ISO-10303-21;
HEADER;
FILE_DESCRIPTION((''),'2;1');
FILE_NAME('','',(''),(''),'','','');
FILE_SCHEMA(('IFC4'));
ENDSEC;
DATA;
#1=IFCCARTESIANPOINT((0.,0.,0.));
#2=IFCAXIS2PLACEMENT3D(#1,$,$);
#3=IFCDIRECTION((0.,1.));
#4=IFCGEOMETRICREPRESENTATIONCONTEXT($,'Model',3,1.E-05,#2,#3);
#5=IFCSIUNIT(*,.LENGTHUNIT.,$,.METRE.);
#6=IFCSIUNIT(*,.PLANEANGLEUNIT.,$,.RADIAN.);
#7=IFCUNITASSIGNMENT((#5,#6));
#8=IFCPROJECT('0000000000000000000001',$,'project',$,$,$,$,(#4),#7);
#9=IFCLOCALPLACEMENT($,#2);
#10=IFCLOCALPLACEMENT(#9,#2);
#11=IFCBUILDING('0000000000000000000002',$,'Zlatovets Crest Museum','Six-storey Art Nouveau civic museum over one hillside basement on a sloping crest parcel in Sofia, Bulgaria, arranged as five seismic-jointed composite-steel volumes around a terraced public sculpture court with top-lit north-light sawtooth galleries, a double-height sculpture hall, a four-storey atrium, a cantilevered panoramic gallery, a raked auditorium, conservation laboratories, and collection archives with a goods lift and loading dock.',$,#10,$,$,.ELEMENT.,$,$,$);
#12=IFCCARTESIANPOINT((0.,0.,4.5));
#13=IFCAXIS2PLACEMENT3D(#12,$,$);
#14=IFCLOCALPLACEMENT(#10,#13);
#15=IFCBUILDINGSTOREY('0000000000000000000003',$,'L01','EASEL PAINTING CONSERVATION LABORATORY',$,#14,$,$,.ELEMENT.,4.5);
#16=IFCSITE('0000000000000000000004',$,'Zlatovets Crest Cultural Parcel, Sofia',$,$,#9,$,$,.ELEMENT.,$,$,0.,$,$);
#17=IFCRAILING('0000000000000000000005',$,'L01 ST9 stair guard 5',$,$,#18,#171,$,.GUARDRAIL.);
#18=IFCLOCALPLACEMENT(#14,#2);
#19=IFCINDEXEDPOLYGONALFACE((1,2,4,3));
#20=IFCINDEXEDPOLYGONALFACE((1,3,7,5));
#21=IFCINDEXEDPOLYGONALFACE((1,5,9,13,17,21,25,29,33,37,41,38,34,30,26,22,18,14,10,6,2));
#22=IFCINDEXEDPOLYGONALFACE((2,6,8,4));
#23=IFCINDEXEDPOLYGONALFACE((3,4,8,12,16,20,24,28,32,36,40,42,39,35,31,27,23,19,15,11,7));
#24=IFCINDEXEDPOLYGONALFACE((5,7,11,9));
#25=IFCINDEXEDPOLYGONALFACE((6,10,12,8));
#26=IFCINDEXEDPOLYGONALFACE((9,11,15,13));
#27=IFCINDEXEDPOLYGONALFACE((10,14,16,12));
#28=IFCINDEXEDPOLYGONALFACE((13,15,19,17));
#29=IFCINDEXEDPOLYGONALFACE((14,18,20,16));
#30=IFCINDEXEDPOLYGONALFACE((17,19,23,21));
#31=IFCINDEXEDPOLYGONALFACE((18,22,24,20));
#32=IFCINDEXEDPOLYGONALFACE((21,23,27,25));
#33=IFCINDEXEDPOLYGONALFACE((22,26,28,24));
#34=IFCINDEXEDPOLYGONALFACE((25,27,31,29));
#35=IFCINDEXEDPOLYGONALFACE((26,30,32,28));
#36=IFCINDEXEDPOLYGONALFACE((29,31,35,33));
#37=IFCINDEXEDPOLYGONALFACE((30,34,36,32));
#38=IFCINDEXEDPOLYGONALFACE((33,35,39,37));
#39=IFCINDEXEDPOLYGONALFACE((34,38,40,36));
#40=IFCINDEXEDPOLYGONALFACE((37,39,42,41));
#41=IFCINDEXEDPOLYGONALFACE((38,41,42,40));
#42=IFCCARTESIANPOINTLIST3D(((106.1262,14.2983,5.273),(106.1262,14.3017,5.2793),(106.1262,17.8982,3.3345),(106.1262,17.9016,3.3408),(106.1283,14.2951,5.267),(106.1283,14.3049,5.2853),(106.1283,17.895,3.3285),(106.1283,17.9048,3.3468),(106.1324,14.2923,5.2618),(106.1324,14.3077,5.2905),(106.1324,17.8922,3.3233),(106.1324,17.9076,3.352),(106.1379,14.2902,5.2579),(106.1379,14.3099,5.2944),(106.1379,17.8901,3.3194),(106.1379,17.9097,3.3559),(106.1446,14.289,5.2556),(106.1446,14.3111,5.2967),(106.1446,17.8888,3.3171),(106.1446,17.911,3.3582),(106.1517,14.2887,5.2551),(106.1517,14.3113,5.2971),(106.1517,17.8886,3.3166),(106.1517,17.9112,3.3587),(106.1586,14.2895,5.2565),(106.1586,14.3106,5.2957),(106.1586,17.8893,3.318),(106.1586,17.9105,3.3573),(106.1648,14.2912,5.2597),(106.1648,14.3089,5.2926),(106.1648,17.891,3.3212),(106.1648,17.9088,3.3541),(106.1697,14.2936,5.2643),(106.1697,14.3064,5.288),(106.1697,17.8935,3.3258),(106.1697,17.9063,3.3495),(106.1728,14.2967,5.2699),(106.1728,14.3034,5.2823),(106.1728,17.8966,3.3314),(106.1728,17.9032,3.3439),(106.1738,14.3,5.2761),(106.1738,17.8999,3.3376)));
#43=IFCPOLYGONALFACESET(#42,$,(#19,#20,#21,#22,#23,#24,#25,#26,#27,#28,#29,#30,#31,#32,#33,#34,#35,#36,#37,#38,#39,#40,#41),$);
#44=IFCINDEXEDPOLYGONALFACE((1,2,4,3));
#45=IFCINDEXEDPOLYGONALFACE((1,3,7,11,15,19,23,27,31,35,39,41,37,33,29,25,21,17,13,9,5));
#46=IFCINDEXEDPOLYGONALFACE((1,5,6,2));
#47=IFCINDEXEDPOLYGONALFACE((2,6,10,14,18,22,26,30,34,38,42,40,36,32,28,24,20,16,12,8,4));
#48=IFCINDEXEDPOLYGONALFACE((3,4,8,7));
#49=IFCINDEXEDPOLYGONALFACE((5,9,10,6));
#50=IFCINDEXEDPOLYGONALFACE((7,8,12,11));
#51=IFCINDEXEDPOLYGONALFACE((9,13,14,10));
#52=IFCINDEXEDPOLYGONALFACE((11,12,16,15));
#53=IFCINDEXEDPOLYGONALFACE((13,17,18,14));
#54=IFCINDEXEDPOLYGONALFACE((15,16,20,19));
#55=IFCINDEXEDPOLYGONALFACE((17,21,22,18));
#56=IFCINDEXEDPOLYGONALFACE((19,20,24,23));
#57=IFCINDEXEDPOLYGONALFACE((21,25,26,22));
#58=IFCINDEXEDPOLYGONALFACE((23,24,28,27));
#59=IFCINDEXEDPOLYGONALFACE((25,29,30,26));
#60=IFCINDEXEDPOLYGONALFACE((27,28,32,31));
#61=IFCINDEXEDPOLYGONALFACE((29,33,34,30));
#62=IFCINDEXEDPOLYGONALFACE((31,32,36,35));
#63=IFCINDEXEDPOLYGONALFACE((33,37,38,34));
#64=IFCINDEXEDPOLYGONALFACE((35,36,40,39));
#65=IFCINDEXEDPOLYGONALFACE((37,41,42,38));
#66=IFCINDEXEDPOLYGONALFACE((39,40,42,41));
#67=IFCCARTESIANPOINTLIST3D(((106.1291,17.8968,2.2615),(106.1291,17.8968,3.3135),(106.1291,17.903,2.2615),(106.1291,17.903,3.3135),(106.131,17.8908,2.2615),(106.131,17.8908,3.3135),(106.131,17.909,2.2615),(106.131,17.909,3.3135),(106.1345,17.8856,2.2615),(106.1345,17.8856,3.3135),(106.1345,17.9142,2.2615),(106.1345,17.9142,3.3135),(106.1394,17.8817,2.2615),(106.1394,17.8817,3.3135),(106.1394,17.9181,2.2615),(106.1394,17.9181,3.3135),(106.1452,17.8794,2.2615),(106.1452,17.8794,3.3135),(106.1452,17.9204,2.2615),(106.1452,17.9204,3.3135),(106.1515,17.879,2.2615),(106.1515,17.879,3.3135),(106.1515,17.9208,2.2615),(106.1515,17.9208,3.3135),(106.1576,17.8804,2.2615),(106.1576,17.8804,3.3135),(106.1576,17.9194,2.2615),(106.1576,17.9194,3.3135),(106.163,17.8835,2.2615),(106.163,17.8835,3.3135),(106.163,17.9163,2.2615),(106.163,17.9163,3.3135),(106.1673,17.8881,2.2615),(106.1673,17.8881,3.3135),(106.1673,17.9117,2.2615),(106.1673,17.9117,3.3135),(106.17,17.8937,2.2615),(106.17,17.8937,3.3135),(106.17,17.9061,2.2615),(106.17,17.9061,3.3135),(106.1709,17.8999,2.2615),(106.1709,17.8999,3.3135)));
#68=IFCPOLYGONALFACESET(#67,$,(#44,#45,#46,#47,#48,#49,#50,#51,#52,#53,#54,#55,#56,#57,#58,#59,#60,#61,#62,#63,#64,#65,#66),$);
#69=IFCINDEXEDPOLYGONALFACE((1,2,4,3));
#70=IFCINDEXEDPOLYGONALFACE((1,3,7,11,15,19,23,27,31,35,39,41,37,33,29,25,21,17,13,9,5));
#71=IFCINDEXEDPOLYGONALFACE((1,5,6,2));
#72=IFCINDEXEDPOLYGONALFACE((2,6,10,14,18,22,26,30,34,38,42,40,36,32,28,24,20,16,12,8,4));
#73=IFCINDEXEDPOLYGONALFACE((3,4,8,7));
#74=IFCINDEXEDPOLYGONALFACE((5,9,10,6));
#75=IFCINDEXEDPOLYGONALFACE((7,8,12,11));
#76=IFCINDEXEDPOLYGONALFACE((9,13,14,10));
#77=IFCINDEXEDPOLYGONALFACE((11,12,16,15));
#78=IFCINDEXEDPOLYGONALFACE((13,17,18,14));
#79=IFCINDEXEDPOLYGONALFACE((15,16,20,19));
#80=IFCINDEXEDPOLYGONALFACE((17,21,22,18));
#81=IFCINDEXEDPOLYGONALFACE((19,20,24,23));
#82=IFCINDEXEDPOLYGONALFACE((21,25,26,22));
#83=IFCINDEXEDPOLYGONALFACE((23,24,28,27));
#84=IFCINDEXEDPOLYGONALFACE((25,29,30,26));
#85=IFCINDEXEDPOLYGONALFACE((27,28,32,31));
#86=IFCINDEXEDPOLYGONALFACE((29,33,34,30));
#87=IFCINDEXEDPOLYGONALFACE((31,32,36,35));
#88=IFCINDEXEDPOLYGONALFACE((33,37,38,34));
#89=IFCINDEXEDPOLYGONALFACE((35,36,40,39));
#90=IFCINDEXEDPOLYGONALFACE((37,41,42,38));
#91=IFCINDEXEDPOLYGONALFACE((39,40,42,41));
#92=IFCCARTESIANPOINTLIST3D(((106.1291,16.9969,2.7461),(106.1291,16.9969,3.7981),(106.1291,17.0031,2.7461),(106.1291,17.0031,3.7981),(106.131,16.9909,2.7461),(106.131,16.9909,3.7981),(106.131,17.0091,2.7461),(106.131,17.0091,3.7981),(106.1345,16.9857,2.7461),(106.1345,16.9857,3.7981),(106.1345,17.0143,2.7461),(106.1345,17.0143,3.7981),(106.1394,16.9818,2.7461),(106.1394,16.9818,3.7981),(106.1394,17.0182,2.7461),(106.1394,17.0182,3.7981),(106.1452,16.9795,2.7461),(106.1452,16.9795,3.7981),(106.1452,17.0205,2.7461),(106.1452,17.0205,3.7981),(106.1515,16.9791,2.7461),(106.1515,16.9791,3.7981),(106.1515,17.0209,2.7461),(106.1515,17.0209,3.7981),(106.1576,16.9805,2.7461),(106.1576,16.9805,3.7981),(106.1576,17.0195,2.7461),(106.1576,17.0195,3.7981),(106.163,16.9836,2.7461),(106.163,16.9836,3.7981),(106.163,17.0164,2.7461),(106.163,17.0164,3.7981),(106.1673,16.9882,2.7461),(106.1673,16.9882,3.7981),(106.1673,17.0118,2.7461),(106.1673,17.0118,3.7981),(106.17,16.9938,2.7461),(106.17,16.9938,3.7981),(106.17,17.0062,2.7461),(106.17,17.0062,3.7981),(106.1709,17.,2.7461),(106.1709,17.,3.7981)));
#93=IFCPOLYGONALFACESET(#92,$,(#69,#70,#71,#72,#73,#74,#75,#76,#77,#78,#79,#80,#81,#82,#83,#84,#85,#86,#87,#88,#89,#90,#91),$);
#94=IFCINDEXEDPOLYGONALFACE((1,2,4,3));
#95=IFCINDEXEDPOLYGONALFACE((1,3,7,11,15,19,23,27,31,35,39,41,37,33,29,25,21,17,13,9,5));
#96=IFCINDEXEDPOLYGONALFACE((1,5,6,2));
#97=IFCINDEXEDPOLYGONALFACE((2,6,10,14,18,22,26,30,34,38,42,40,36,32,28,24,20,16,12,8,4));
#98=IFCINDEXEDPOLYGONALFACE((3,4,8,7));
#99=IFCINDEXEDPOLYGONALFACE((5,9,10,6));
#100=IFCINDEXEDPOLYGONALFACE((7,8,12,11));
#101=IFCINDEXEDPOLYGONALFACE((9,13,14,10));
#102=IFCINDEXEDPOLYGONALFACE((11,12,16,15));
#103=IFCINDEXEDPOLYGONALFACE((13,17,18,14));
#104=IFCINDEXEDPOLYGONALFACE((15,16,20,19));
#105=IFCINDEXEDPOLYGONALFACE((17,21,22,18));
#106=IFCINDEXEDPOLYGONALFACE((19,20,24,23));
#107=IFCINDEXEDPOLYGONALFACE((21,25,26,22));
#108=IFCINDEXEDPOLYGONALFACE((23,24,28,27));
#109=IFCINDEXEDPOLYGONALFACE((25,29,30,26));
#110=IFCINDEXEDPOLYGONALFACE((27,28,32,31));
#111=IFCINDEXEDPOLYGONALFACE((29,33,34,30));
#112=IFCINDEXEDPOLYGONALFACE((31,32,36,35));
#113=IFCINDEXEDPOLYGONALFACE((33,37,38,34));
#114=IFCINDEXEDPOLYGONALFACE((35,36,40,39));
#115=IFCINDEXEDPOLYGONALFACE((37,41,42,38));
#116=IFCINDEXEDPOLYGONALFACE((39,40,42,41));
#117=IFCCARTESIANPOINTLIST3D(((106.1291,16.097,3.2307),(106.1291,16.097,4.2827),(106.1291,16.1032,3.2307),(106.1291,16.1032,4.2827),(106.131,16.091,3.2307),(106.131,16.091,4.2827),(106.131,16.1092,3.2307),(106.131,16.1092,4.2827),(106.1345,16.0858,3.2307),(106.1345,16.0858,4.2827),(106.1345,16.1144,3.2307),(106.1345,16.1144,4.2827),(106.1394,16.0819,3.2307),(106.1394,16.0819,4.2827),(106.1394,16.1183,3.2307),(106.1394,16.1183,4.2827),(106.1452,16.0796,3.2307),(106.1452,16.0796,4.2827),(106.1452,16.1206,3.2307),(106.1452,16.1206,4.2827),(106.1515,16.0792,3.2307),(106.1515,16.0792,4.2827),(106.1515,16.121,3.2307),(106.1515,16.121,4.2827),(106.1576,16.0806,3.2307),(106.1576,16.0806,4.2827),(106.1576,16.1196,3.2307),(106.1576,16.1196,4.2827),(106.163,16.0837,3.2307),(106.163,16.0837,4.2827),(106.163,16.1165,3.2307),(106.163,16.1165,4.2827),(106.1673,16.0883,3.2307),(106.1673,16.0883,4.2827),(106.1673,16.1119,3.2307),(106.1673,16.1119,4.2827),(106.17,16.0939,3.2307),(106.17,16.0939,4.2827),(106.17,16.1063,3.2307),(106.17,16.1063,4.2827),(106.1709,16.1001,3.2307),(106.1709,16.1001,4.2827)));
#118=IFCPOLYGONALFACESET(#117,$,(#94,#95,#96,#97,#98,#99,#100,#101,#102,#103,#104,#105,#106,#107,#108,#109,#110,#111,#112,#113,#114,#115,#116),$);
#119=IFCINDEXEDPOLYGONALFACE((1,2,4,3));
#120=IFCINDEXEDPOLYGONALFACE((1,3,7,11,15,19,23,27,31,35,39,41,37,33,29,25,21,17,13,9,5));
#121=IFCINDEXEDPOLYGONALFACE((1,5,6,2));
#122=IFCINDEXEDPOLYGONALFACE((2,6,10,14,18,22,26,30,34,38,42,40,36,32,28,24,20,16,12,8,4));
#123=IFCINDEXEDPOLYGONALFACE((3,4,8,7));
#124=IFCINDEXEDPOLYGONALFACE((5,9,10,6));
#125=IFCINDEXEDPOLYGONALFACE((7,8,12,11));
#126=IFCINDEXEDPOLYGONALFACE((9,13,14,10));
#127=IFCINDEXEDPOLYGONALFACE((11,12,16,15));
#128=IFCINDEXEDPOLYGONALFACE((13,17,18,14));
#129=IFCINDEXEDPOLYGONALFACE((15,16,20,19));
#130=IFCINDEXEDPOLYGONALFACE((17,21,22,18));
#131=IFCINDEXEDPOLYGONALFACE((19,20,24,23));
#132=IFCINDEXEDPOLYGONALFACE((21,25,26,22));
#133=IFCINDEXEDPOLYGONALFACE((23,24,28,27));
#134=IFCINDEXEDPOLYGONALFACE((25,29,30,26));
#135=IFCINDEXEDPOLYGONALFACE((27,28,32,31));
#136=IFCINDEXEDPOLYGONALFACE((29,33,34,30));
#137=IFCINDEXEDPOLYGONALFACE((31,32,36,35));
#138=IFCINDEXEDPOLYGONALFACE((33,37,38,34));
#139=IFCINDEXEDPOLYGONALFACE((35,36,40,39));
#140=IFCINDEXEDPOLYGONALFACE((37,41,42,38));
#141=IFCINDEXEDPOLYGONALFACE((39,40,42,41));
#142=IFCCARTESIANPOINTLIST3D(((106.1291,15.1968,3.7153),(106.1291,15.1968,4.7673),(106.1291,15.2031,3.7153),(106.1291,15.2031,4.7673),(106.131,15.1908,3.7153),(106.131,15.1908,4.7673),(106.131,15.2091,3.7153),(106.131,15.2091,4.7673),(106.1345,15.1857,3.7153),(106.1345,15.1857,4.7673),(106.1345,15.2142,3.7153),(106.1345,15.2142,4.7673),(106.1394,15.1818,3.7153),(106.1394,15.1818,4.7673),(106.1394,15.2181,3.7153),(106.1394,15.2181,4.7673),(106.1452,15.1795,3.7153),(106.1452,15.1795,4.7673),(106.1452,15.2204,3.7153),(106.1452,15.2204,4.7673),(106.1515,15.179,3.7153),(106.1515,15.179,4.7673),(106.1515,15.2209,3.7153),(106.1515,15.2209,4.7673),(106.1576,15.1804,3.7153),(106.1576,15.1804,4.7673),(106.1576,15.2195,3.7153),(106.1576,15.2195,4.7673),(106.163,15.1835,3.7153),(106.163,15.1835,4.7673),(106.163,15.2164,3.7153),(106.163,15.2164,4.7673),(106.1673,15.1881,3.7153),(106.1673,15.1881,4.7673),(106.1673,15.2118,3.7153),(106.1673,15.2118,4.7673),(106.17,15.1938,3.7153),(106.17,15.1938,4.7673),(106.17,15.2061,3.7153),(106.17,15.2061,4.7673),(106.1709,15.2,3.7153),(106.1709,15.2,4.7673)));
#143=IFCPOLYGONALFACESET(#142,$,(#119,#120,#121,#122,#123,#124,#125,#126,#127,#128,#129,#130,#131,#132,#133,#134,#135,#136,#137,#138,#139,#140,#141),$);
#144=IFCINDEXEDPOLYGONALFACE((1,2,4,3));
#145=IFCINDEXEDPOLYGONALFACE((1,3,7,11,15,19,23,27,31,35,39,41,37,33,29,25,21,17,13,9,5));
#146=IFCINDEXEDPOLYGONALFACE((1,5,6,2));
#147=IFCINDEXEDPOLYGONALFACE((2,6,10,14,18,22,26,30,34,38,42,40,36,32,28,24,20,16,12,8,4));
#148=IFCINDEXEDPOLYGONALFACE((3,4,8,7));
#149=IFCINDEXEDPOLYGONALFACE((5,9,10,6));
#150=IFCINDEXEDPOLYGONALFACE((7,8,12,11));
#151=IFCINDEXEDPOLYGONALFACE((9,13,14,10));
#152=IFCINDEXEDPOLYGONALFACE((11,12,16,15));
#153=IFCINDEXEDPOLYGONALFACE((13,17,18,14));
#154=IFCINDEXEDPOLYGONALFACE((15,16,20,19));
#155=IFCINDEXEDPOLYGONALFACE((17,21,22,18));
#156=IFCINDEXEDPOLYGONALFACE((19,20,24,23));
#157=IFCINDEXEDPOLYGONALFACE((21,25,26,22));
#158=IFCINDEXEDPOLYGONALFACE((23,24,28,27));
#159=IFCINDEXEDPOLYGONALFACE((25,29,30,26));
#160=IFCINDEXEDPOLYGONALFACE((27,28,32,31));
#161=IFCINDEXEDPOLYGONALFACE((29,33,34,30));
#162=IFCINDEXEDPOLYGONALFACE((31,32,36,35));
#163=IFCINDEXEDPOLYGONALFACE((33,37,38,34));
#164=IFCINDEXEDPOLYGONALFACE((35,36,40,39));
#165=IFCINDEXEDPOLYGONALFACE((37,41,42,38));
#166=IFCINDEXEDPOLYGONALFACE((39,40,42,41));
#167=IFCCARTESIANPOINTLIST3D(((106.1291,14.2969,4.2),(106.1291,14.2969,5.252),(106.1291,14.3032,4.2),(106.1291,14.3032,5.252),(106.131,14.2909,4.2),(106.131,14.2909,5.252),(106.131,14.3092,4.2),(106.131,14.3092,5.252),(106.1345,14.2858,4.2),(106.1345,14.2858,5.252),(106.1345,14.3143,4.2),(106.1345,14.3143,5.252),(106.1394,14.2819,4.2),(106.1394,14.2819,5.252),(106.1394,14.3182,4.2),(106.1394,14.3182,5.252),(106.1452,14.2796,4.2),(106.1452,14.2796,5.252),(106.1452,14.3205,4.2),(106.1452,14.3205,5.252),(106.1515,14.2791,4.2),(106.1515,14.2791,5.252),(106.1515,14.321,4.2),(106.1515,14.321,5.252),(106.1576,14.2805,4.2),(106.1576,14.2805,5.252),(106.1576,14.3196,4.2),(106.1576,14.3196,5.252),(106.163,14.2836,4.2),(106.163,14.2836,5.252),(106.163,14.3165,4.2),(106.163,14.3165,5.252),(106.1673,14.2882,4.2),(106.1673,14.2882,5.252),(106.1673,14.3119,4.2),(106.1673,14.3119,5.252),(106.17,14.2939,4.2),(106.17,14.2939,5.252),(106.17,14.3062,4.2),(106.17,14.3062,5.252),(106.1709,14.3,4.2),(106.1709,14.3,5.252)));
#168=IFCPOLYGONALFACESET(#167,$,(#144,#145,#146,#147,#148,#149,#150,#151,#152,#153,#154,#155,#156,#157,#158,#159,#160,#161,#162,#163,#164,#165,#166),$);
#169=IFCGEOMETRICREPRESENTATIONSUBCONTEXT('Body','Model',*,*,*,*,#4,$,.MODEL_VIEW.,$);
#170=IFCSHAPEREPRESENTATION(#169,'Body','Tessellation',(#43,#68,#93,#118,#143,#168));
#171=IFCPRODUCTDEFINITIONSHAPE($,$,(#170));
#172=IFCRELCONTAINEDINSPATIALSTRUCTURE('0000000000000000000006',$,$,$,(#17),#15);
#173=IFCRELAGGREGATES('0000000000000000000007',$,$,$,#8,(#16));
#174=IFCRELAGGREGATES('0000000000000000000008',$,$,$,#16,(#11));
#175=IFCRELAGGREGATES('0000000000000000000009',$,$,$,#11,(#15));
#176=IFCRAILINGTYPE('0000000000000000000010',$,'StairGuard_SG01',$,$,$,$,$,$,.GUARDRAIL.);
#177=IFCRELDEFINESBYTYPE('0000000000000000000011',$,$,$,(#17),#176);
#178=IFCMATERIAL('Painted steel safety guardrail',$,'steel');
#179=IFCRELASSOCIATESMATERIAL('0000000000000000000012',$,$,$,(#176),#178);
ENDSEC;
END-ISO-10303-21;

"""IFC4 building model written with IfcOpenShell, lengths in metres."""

from ifc_helpers import new_model, si_unit, direction, frame, origin, origin_2d, place, context, subcontext, project, spatial, circle, extrude, material, type_object, element, save


model = new_model("IFC4")

# Units and contexts
model_context = context("Model", 3, precision=1e-05, world=origin(), true_north=direction((0.0, 1.0)))
body_context = subcontext(model_context, "Body", "Model", "MODEL_VIEW")
ifc_project = project(units=[si_unit("LENGTHUNIT", "METRE"), si_unit("PLANEANGLEUNIT", "RADIAN")], contexts=[model_context])

# Site, building, storey
site_placement = place(None, origin())
site = spatial("IfcSite", under=ifc_project, at=site_placement, Name="Zlatovets Crest Cultural Parcel, Sofia", CompositionType="ELEMENT", RefElevation=0.0)
building_placement = place(site_placement, origin())
building = spatial("IfcBuilding", under=site, at=building_placement, Name="Zlatovets Crest Museum", Description="Six-storey Art Nouveau civic museum over one hillside basement on a sloping crest parcel in Sofia, Bulgaria, arranged as five seismic-jointed composite-steel volumes around a terraced public sculpture court with top-lit north-light sawtooth galleries, a double-height sculpture hall, a four-storey atrium, a cantilevered panoramic gallery, a raked auditorium, conservation laboratories, and collection archives with a goods lift and loading dock.", CompositionType="ELEMENT")
storey_placement = place(building_placement, frame((0.0, 0.0, 4.5)))
storey = spatial("IfcBuildingStorey", under=building, at=storey_placement, Name="L01", Description="EASEL PAINTING CONSERVATION LABORATORY", CompositionType="ELEMENT", Elevation=4.5)

# Railing
ifc_material_1 = material(Name="Painted steel safety guardrail", Category="steel")
railing_type_1 = type_object("IfcRailingType", Name="StairGuard_SG01", PredefinedType="GUARDRAIL", material=ifc_material_1)
railing_1_placement = place(storey_placement, frame((106.1499, 17.8999, 2.2615)))
element("IfcRailing", 1, at=railing_1_placement, inside=storey, type_object=railing_type_1, Name="L01 ST9 stair guard 5", PredefinedType="GUARDRAIL", context=body_context, shape_type="SweptSolid", body=[
    extrude(circle(Radius=0.0239, at=origin_2d()), frame((0.0, 0.0, 1.0762), z_axis=(0.0, -0.880462, 0.474118), x_axis=(1.0, 0.0, 0.0)), (0.0, 0.0, 1.0), 4.0886),
    extrude(circle(Radius=0.021, at=origin_2d()), origin(), (0.0, 0.0, 1.0), 1.052),
    extrude(circle(Radius=0.021, at=origin_2d()), frame((0.0, -0.8999, 0.4846)), (0.0, 0.0, 1.0), 1.052),
    extrude(circle(Radius=0.021, at=origin_2d()), frame((0.0, -1.7998, 0.9692)), (0.0, 0.0, 1.0), 1.052),
    extrude(circle(Radius=0.021, at=origin_2d()), frame((0.0, -2.7, 1.4539)), (0.0, 0.0, 1.0), 1.052),
    extrude(circle(Radius=0.021, at=origin_2d()), frame((0.0, -3.5999, 1.9385)), (0.0, 0.0, 1.0), 1.052),
])

save(model, "model.ifc")
